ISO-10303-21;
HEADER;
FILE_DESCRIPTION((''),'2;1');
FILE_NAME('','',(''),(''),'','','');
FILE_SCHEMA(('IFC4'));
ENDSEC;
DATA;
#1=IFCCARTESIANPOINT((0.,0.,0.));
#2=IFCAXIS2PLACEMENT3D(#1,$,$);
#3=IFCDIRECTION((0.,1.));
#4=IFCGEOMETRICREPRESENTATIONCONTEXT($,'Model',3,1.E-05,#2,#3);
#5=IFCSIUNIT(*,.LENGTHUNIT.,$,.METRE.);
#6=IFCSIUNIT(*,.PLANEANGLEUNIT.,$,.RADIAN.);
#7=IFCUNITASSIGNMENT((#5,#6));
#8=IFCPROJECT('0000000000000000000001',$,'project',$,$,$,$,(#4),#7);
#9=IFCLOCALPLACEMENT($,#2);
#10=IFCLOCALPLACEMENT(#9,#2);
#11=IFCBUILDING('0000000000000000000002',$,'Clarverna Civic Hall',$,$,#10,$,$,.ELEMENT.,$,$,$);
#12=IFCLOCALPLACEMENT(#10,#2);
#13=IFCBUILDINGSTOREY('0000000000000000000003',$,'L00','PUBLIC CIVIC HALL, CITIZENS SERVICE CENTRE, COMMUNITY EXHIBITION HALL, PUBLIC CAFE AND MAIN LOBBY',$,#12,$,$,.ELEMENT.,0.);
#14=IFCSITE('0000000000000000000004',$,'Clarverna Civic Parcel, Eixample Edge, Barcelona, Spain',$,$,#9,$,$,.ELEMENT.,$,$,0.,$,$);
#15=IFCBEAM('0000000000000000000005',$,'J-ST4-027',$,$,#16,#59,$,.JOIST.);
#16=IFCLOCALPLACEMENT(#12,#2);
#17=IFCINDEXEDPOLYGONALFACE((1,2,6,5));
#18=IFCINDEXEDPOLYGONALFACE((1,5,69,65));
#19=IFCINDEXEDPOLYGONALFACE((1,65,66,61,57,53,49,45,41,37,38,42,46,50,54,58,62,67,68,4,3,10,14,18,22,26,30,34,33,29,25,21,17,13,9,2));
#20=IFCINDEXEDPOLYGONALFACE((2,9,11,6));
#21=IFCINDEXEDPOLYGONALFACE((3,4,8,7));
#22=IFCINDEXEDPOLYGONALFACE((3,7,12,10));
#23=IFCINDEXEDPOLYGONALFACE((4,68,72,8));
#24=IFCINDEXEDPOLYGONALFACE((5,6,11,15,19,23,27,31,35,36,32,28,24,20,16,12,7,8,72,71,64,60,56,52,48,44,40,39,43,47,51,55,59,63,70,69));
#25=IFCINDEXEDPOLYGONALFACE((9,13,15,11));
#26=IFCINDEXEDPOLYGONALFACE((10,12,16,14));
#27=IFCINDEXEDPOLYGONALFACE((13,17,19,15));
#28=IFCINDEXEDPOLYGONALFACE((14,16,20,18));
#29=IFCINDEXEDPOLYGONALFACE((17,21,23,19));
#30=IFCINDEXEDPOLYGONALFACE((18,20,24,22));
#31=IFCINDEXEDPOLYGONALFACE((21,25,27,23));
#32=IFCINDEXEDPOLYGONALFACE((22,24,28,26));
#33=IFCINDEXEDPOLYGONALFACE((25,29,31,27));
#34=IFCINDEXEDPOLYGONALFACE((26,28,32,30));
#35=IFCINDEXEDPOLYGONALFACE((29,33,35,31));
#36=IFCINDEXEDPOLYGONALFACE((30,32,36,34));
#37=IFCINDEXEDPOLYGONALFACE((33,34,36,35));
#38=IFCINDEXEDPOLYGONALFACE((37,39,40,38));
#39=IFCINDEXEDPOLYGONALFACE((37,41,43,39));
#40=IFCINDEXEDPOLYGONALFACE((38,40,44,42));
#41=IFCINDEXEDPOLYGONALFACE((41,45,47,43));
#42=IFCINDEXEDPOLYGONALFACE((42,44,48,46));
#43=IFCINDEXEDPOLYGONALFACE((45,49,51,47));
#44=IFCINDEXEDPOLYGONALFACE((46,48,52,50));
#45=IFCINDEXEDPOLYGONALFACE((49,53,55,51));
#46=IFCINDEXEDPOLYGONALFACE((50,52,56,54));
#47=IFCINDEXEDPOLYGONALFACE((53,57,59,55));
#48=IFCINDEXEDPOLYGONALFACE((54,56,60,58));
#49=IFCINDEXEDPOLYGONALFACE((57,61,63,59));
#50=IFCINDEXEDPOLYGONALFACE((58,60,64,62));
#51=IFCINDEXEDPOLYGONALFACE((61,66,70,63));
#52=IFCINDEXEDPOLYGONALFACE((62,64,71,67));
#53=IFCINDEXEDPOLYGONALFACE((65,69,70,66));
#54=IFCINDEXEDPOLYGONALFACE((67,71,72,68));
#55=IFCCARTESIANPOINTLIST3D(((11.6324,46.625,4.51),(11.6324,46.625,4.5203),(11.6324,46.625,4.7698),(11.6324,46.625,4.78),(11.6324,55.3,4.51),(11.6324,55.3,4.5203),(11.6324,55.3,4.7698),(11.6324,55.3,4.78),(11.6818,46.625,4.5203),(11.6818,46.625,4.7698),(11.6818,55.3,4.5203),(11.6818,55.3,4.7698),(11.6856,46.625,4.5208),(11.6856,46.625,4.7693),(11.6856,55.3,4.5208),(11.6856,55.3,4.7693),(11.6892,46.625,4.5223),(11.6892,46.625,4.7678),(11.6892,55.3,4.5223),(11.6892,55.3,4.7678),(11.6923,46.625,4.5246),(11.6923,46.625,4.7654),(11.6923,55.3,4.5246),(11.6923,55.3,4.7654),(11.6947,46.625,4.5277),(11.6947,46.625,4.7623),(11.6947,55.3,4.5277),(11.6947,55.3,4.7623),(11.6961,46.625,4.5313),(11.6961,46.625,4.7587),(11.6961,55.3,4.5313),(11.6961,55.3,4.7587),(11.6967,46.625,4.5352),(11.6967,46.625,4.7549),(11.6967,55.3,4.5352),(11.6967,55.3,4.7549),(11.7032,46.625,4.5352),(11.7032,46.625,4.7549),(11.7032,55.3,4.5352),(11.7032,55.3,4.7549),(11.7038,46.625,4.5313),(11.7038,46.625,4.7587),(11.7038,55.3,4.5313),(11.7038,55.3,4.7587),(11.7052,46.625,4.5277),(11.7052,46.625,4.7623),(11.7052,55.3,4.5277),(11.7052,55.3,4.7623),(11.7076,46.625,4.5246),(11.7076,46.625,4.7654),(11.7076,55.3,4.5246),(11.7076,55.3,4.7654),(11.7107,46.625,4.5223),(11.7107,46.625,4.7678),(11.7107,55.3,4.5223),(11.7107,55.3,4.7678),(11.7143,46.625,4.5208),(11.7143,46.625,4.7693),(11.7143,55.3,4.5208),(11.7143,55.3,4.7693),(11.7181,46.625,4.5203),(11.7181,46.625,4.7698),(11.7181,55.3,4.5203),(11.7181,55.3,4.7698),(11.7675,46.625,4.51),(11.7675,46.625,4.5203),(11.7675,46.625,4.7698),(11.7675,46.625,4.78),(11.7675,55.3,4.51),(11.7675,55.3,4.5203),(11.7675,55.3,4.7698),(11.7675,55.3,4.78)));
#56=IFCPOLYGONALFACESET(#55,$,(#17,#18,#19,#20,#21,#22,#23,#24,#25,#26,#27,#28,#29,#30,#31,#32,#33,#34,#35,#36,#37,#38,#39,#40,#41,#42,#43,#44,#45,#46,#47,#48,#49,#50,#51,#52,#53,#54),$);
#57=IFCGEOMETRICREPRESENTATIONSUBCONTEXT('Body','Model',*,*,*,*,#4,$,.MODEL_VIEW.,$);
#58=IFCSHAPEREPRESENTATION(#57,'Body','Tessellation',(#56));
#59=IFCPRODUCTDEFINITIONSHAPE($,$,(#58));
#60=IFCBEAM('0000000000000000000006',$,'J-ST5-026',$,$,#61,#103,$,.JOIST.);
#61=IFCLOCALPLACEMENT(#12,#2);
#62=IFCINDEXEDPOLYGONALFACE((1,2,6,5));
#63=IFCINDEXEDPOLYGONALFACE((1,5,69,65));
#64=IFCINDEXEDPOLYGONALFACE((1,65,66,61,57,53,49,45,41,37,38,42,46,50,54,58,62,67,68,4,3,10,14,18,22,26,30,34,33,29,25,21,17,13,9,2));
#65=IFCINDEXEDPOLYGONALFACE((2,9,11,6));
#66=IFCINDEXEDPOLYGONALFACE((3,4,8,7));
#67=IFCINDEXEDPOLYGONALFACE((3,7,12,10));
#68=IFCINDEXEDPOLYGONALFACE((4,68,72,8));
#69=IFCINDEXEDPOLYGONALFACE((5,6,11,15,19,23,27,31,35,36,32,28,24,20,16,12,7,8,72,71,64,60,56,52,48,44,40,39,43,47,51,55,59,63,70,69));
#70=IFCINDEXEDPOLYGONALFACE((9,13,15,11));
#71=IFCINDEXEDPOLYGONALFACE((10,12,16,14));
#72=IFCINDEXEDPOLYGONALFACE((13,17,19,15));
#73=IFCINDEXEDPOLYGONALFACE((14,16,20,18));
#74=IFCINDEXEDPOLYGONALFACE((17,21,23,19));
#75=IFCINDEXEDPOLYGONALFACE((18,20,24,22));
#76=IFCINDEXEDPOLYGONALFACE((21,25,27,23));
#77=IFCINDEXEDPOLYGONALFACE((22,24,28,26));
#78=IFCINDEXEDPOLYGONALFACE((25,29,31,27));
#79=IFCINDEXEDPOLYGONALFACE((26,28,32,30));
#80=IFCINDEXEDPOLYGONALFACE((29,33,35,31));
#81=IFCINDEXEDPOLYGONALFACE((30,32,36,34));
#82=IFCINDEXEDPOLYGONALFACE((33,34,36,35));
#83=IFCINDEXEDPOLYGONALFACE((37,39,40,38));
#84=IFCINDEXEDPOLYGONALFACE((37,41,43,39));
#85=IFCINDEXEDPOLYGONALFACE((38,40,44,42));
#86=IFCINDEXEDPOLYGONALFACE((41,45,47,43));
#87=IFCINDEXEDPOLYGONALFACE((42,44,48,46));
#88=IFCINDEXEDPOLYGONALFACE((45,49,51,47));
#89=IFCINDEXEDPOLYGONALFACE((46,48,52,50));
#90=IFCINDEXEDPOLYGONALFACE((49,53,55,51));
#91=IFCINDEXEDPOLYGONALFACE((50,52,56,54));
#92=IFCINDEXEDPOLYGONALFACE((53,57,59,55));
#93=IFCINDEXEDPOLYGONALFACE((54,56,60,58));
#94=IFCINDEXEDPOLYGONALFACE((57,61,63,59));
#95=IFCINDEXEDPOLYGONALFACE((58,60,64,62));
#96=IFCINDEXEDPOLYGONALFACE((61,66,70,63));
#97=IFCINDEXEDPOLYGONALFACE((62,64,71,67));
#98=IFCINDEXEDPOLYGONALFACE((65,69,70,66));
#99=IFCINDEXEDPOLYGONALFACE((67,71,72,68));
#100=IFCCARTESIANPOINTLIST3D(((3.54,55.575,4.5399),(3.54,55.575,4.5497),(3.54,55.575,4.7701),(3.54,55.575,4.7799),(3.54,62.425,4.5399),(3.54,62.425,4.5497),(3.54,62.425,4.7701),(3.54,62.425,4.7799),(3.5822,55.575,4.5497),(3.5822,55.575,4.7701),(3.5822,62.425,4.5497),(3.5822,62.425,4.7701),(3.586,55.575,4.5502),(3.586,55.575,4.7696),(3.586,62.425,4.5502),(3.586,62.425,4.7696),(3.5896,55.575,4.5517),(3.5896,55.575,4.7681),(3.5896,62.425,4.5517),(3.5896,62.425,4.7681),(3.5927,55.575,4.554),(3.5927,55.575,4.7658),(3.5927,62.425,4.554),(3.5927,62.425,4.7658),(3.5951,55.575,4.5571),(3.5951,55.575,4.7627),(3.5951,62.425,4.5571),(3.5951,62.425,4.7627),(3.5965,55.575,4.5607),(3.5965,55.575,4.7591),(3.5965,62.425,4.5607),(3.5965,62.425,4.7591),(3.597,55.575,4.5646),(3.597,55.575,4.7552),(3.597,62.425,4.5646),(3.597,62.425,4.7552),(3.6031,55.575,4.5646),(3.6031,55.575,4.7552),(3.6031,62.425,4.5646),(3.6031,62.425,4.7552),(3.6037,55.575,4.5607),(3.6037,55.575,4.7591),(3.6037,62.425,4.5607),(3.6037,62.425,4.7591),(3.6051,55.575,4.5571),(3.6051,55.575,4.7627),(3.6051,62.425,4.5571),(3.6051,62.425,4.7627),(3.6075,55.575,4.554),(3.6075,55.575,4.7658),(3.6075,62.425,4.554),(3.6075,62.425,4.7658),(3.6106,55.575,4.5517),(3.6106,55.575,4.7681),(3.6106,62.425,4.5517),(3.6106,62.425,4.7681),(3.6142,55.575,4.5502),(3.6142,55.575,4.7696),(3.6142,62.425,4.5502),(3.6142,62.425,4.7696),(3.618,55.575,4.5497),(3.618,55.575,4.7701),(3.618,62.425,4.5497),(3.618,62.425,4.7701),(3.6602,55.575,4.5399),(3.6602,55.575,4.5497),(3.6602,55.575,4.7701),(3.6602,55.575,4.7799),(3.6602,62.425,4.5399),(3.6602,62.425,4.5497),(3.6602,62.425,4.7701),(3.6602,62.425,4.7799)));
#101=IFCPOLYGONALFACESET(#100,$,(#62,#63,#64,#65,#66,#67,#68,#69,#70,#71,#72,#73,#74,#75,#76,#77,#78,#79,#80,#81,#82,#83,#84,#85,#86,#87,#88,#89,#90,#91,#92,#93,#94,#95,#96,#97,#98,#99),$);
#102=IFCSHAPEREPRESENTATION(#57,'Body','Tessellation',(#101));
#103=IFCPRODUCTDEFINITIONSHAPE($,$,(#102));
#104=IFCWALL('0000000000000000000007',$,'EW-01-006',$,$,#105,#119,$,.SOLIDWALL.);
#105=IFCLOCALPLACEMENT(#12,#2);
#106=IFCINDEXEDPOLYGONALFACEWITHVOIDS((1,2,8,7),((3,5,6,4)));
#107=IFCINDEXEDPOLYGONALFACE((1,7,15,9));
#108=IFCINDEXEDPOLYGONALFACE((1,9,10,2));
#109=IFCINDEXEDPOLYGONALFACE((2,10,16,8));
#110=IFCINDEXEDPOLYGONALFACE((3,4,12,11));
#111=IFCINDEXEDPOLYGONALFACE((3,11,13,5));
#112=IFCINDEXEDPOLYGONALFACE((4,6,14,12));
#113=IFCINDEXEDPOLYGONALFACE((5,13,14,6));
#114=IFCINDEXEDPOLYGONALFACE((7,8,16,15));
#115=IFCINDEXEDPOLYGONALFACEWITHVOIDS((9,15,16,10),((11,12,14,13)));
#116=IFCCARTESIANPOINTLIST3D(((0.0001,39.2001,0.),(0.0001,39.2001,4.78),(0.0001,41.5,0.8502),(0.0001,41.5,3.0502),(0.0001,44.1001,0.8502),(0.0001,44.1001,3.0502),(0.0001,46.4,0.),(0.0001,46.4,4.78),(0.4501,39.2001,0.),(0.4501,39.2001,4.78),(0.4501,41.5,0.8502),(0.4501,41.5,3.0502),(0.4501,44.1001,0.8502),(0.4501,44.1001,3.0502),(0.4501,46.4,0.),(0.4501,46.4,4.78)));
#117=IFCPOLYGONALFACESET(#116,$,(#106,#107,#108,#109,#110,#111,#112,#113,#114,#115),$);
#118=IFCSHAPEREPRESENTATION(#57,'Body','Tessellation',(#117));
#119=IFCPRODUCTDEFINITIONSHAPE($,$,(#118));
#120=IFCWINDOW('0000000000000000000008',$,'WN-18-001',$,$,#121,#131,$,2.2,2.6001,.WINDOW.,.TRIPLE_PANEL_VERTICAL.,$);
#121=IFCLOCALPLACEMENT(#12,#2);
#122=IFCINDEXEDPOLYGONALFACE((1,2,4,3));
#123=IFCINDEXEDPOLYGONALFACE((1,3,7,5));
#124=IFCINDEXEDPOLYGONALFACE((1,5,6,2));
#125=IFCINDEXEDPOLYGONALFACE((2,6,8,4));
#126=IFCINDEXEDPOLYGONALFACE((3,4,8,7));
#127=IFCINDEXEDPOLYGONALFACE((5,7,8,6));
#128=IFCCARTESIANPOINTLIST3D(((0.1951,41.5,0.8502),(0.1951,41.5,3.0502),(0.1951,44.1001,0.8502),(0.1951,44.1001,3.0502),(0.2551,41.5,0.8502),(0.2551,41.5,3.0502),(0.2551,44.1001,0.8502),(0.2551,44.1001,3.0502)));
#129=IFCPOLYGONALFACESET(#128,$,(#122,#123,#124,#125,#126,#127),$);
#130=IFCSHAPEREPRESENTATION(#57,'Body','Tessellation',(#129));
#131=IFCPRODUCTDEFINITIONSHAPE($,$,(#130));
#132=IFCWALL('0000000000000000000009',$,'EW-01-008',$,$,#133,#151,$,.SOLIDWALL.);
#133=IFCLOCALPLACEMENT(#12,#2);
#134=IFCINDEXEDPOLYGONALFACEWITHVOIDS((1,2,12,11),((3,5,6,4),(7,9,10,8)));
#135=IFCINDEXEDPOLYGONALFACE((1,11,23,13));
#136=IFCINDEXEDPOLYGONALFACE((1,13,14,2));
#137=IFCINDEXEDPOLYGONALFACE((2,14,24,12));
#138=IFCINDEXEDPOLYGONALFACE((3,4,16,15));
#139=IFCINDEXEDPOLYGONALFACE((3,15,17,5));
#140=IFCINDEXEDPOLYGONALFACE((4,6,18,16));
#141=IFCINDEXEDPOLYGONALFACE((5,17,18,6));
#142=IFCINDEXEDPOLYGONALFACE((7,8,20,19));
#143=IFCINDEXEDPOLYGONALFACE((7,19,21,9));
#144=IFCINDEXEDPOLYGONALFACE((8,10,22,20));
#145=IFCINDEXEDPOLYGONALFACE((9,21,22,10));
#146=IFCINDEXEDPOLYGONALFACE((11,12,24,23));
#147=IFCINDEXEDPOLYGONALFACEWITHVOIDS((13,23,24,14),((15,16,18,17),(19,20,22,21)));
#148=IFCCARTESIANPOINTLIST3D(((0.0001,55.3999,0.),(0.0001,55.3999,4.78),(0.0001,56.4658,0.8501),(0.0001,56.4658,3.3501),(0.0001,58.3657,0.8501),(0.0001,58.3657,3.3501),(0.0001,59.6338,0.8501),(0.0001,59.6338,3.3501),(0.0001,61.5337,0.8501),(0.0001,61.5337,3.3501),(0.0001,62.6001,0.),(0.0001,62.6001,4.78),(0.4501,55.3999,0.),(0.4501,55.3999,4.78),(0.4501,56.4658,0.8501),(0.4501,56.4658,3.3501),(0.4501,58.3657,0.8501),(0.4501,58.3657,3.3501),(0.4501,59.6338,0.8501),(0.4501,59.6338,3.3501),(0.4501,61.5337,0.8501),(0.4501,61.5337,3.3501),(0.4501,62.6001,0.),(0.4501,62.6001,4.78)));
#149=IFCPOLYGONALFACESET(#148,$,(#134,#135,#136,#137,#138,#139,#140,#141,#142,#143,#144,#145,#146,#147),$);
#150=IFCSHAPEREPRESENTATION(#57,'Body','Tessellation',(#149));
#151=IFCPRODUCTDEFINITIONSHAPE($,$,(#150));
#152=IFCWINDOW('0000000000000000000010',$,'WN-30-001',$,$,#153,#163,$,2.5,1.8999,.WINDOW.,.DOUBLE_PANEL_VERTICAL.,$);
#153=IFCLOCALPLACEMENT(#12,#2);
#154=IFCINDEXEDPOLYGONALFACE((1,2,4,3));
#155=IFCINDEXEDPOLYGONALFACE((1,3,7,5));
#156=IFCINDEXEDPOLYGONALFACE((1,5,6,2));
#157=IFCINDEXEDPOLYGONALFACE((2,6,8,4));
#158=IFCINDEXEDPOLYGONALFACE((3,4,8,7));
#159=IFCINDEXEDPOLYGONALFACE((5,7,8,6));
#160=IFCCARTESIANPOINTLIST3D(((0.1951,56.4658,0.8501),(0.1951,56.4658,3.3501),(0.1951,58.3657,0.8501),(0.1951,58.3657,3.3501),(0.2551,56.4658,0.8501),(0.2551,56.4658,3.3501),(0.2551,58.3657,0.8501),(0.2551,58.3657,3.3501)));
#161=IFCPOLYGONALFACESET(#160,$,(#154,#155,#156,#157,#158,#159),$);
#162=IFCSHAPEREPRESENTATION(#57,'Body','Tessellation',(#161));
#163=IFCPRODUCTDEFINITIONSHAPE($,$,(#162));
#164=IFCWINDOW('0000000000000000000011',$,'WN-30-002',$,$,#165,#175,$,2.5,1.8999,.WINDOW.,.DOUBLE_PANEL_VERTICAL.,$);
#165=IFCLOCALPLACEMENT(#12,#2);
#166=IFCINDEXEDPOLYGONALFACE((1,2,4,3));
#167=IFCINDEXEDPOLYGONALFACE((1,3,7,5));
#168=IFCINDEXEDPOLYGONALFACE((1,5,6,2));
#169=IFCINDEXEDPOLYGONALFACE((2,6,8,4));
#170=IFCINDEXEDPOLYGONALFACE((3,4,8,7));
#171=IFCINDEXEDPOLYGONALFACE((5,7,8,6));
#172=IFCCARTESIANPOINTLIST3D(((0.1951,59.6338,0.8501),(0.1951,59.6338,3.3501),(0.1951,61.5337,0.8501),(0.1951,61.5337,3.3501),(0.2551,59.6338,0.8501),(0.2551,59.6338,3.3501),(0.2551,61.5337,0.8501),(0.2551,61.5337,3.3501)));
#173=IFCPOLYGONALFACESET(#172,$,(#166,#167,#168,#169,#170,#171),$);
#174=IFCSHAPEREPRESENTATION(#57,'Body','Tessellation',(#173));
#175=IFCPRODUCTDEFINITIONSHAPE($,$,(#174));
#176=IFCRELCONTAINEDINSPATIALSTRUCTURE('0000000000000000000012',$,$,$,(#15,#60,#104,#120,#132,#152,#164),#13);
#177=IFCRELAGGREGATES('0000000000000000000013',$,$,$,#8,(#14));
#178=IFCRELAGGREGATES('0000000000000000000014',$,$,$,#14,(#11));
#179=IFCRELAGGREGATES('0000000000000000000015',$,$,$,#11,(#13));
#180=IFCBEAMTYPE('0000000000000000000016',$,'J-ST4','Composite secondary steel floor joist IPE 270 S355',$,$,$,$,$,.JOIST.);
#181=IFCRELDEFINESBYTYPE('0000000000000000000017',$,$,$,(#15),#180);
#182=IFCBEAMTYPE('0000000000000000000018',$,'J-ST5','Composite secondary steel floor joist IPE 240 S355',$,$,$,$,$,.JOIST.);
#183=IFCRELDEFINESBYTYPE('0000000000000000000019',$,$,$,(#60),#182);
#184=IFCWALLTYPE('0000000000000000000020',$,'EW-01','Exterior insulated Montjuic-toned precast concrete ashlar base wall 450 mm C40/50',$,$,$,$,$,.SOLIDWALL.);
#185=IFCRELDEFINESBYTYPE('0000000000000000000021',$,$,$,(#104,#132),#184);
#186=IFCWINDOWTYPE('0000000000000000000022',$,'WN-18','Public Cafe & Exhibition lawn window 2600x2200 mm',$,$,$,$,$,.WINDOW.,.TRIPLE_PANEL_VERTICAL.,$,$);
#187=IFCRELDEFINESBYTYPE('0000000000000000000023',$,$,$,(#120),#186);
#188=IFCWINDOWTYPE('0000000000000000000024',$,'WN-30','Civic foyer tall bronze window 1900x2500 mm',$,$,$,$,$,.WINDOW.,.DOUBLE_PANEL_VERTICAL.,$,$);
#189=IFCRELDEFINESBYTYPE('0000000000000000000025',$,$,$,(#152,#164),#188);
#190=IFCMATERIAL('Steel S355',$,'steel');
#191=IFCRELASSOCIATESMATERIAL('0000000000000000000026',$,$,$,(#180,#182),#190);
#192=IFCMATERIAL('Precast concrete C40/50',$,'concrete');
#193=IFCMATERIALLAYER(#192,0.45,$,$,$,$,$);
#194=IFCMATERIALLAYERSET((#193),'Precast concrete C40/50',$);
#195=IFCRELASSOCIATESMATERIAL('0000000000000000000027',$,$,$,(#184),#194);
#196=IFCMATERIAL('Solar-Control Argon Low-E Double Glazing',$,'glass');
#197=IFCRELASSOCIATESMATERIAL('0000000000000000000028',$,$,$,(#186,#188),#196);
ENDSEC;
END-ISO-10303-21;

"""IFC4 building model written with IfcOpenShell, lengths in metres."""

from ifc_helpers import new_model, si_unit, direction, frame, frame_2d, origin, origin_2d, place, context, subcontext, project, spatial, rectangle, i_section, extrude, material, layer, layer_set, material_profile, profile_set, type_object, element, fill, save


model = new_model("IFC4")

# Units and contexts
model_context = context("Model", 3, precision=1e-05, world=origin(), true_north=direction((0.0, 1.0)))
body_context = subcontext(model_context, "Body", "Model", "MODEL_VIEW")
ifc_project = project(units=[si_unit("LENGTHUNIT", "METRE"), si_unit("PLANEANGLEUNIT", "RADIAN")], contexts=[model_context])

# Site, building, storey
site_placement = place(None, origin())
site = spatial("IfcSite", under=ifc_project, at=site_placement, Name="Clarverna Civic Parcel, Eixample Edge, Barcelona, Spain", CompositionType="ELEMENT", RefElevation=0.0)
building_placement = place(site_placement, origin())
building = spatial("IfcBuilding", under=site, at=building_placement, Name="Clarverna Civic Hall", CompositionType="ELEMENT")
storey_placement = place(building_placement, origin())
storey = spatial("IfcBuildingStorey", under=building, at=storey_placement, Name="L00", Description="PUBLIC CIVIC HALL, CITIZENS SERVICE CENTRE, COMMUNITY EXHIBITION HALL, PUBLIC CAFE AND MAIN LOBBY", CompositionType="ELEMENT", Elevation=0.0)

# Beams
ifc_material_1 = material(Name="Steel S355", Category="steel")
ifc_material_profile_1 = material_profile(ifc_material_1, i_section(OverallWidth=0.135, OverallDepth=0.27, WebThickness=0.0066, FlangeThickness=0.0103, FilletRadius=0.0149, at=origin_2d()), Name="IPE 270")
ifc_profile_set_1 = profile_set([ifc_material_profile_1], Name="Steel S355")
beam_type_1 = type_object("IfcBeamType", Name="J-ST4", Description="Composite secondary steel floor joist IPE 270 S355", PredefinedType="JOIST", material=ifc_profile_set_1)
beam_1_placement = place(storey_placement, frame((11.7, 46.625, 4.645), z_axis=(0.0, 1.0, 0.0), x_axis=(-1.0, 0.0, 0.0)))
element("IfcBeam", 1, at=beam_1_placement, inside=storey, type_object=beam_type_1, Name="J-ST4-027", PredefinedType="JOIST", context=body_context, shape_type="SweptSolid", body=[
    extrude(i_section(OverallWidth=0.135, OverallDepth=0.27, WebThickness=0.0066, FlangeThickness=0.0103, FilletRadius=0.0149, at=origin_2d()), origin(), (0.0, 0.0, 1.0), 8.675),
])
ifc_material_profile_2 = material_profile(ifc_material_1, i_section(OverallWidth=0.1201, OverallDepth=0.24, WebThickness=0.0061, FlangeThickness=0.0098, FilletRadius=0.0149, at=origin_2d()), Name="IPE 240")
ifc_profile_set_2 = profile_set([ifc_material_profile_2], Name="Steel S355")
beam_type_2 = type_object("IfcBeamType", Name="J-ST5", Description="Composite secondary steel floor joist IPE 240 S355", PredefinedType="JOIST", material=ifc_profile_set_2)
beam_2_placement = place(storey_placement, frame((3.6001, 55.575, 4.6599), z_axis=(0.0, 1.0, 0.0), x_axis=(-1.0, 0.0, 0.0)))
element("IfcBeam", 2, at=beam_2_placement, inside=storey, type_object=beam_type_2, Name="J-ST5-026", PredefinedType="JOIST", context=body_context, shape_type="SweptSolid", body=[
    extrude(i_section(OverallWidth=0.1201, OverallDepth=0.24, WebThickness=0.0061, FlangeThickness=0.0098, FilletRadius=0.0149, at=origin_2d()), origin(), (0.0, 0.0, 1.0), 6.8501),
])

# Wall, opening, window
ifc_material_2 = material(Name="Precast concrete C40/50", Category="concrete")
ifc_layer_1 = layer(ifc_material_2, 0.45)
ifc_layer_set_1 = layer_set([ifc_layer_1], Name="Precast concrete C40/50")
wall_type = type_object("IfcWallType", Name="EW-01", Description="Exterior insulated Montjuic-toned precast concrete ashlar base wall 450 mm C40/50", PredefinedType="SOLIDWALL", material=ifc_layer_set_1)
wall_1_placement = place(storey_placement, frame((0.2251, 39.2, 0.0), z_axis=(0.0, 0.0, 1.0), x_axis=(0.0, 1.0, 0.0)))
wall_1 = element("IfcWall", 3, at=wall_1_placement, inside=storey, type_object=wall_type, Name="EW-01-006", PredefinedType="SOLIDWALL", context=body_context, shape_type="SweptSolid", body=[
    extrude(rectangle(XDim=7.2, YDim=0.45, at=frame_2d((3.6001, 0.0))), origin(), (0.0, 0.0, 1.0), 4.78),
])
opening_1_placement = place(wall_1_placement, frame((2.3, 0.0, 0.8501)))
opening_1 = element("IfcOpeningElement", 4, at=opening_1_placement, cuts=wall_1, PredefinedType="OPENING", context=body_context, shape_type="SweptSolid", body=[
    extrude(rectangle(XDim=2.6001, YDim=2.2, at=frame_2d((1.3, 1.1001))), frame((0.0, 0.2349, 0.0), z_axis=(0.0, -1.0, 0.0), x_axis=(1.0, 0.0, 0.0)), (0.0, 0.0, 1.0), 0.47),
])
ifc_material_3 = material(Name="Solar-Control Argon Low-E Double Glazing", Category="glass")
window_type_1 = type_object("IfcWindowType", Name="WN-18", Description="Public Cafe & Exhibition lawn window 2600x2200 mm", PartitioningType="TRIPLE_PANEL_VERTICAL", PredefinedType="WINDOW", material=ifc_material_3)
window_1_placement = place(opening_1_placement, origin())
window_1 = element("IfcWindow", 5, at=window_1_placement, inside=storey, type_object=window_type_1, Name="WN-18-001", OverallHeight=2.2, OverallWidth=2.6001, PartitioningType="TRIPLE_PANEL_VERTICAL", PredefinedType="WINDOW", context=body_context, shape_type="SweptSolid", body=[
    extrude(rectangle(XDim=2.6001, YDim=2.2, at=frame_2d((1.3, 1.1001))), frame((0.0, 0.03, 0.0), z_axis=(0.0, -1.0, 0.0), x_axis=(1.0, 0.0, 0.0)), (0.0, 0.0, 1.0), 0.0601),
])
fill(opening_1, window_1)

# Wall, openings, windows
wall_2_placement = place(storey_placement, frame((0.2251, 55.3999, 0.0), z_axis=(0.0, 0.0, 1.0), x_axis=(0.0, 1.0, 0.0)))
wall_2 = element("IfcWall", 6, at=wall_2_placement, inside=storey, type_object=wall_type, Name="EW-01-008", PredefinedType="SOLIDWALL", context=body_context, shape_type="SweptSolid", body=[
    extrude(rectangle(XDim=7.2002, YDim=0.45, at=frame_2d((3.6001, 0.0))), origin(), (0.0, 0.0, 1.0), 4.78),
])
opening_2_placement = place(wall_2_placement, frame((1.0659, 0.0, 0.8501)))
opening_2 = element("IfcOpeningElement", 7, at=opening_2_placement, cuts=wall_2, PredefinedType="OPENING", context=body_context, shape_type="SweptSolid", body=[
    extrude(rectangle(XDim=1.8999, YDim=2.5, at=frame_2d((0.95, 1.25))), frame((0.0, 0.2349, 0.0), z_axis=(0.0, -1.0, 0.0), x_axis=(1.0, 0.0, 0.0)), (0.0, 0.0, 1.0), 0.47),
])
opening_3_placement = place(wall_2_placement, frame((4.2339, 0.0, 0.8501)))
opening_3 = element("IfcOpeningElement", 8, at=opening_3_placement, cuts=wall_2, PredefinedType="OPENING", context=body_context, shape_type="SweptSolid", body=[
    extrude(rectangle(XDim=1.8999, YDim=2.5, at=frame_2d((0.95, 1.25))), frame((0.0, 0.2349, 0.0), z_axis=(0.0, -1.0, 0.0), x_axis=(1.0, 0.0, 0.0)), (0.0, 0.0, 1.0), 0.47),
])
window_type_2 = type_object("IfcWindowType", Name="WN-30", Description="Civic foyer tall bronze window 1900x2500 mm", PartitioningType="DOUBLE_PANEL_VERTICAL", PredefinedType="WINDOW", material=ifc_material_3)
window_2_placement = place(opening_2_placement, origin())
window_2 = element("IfcWindow", 9, at=window_2_placement, inside=storey, type_object=window_type_2, Name="WN-30-001", OverallHeight=2.5, OverallWidth=1.8999, PartitioningType="DOUBLE_PANEL_VERTICAL", PredefinedType="WINDOW", context=body_context, shape_type="SweptSolid", body=[
    extrude(rectangle(XDim=1.8999, YDim=2.5, at=frame_2d((0.95, 1.25))), frame((0.0, 0.03, 0.0), z_axis=(0.0, -1.0, 0.0), x_axis=(1.0, 0.0, 0.0)), (0.0, 0.0, 1.0), 0.0601),
])
fill(opening_2, window_2)
window_3_placement = place(opening_3_placement, origin())
window_3 = element("IfcWindow", 10, at=window_3_placement, inside=storey, type_object=window_type_2, Name="WN-30-002", OverallHeight=2.5, OverallWidth=1.8999, PartitioningType="DOUBLE_PANEL_VERTICAL", PredefinedType="WINDOW", context=body_context, shape_type="SweptSolid", body=[
    extrude(rectangle(XDim=1.8999, YDim=2.5, at=frame_2d((0.95, 1.25))), frame((0.0, 0.03, 0.0), z_axis=(0.0, -1.0, 0.0), x_axis=(1.0, 0.0, 0.0)), (0.0, 0.0, 1.0), 0.0601),
])
fill(opening_3, window_3)

save(model, "model.ifc")
